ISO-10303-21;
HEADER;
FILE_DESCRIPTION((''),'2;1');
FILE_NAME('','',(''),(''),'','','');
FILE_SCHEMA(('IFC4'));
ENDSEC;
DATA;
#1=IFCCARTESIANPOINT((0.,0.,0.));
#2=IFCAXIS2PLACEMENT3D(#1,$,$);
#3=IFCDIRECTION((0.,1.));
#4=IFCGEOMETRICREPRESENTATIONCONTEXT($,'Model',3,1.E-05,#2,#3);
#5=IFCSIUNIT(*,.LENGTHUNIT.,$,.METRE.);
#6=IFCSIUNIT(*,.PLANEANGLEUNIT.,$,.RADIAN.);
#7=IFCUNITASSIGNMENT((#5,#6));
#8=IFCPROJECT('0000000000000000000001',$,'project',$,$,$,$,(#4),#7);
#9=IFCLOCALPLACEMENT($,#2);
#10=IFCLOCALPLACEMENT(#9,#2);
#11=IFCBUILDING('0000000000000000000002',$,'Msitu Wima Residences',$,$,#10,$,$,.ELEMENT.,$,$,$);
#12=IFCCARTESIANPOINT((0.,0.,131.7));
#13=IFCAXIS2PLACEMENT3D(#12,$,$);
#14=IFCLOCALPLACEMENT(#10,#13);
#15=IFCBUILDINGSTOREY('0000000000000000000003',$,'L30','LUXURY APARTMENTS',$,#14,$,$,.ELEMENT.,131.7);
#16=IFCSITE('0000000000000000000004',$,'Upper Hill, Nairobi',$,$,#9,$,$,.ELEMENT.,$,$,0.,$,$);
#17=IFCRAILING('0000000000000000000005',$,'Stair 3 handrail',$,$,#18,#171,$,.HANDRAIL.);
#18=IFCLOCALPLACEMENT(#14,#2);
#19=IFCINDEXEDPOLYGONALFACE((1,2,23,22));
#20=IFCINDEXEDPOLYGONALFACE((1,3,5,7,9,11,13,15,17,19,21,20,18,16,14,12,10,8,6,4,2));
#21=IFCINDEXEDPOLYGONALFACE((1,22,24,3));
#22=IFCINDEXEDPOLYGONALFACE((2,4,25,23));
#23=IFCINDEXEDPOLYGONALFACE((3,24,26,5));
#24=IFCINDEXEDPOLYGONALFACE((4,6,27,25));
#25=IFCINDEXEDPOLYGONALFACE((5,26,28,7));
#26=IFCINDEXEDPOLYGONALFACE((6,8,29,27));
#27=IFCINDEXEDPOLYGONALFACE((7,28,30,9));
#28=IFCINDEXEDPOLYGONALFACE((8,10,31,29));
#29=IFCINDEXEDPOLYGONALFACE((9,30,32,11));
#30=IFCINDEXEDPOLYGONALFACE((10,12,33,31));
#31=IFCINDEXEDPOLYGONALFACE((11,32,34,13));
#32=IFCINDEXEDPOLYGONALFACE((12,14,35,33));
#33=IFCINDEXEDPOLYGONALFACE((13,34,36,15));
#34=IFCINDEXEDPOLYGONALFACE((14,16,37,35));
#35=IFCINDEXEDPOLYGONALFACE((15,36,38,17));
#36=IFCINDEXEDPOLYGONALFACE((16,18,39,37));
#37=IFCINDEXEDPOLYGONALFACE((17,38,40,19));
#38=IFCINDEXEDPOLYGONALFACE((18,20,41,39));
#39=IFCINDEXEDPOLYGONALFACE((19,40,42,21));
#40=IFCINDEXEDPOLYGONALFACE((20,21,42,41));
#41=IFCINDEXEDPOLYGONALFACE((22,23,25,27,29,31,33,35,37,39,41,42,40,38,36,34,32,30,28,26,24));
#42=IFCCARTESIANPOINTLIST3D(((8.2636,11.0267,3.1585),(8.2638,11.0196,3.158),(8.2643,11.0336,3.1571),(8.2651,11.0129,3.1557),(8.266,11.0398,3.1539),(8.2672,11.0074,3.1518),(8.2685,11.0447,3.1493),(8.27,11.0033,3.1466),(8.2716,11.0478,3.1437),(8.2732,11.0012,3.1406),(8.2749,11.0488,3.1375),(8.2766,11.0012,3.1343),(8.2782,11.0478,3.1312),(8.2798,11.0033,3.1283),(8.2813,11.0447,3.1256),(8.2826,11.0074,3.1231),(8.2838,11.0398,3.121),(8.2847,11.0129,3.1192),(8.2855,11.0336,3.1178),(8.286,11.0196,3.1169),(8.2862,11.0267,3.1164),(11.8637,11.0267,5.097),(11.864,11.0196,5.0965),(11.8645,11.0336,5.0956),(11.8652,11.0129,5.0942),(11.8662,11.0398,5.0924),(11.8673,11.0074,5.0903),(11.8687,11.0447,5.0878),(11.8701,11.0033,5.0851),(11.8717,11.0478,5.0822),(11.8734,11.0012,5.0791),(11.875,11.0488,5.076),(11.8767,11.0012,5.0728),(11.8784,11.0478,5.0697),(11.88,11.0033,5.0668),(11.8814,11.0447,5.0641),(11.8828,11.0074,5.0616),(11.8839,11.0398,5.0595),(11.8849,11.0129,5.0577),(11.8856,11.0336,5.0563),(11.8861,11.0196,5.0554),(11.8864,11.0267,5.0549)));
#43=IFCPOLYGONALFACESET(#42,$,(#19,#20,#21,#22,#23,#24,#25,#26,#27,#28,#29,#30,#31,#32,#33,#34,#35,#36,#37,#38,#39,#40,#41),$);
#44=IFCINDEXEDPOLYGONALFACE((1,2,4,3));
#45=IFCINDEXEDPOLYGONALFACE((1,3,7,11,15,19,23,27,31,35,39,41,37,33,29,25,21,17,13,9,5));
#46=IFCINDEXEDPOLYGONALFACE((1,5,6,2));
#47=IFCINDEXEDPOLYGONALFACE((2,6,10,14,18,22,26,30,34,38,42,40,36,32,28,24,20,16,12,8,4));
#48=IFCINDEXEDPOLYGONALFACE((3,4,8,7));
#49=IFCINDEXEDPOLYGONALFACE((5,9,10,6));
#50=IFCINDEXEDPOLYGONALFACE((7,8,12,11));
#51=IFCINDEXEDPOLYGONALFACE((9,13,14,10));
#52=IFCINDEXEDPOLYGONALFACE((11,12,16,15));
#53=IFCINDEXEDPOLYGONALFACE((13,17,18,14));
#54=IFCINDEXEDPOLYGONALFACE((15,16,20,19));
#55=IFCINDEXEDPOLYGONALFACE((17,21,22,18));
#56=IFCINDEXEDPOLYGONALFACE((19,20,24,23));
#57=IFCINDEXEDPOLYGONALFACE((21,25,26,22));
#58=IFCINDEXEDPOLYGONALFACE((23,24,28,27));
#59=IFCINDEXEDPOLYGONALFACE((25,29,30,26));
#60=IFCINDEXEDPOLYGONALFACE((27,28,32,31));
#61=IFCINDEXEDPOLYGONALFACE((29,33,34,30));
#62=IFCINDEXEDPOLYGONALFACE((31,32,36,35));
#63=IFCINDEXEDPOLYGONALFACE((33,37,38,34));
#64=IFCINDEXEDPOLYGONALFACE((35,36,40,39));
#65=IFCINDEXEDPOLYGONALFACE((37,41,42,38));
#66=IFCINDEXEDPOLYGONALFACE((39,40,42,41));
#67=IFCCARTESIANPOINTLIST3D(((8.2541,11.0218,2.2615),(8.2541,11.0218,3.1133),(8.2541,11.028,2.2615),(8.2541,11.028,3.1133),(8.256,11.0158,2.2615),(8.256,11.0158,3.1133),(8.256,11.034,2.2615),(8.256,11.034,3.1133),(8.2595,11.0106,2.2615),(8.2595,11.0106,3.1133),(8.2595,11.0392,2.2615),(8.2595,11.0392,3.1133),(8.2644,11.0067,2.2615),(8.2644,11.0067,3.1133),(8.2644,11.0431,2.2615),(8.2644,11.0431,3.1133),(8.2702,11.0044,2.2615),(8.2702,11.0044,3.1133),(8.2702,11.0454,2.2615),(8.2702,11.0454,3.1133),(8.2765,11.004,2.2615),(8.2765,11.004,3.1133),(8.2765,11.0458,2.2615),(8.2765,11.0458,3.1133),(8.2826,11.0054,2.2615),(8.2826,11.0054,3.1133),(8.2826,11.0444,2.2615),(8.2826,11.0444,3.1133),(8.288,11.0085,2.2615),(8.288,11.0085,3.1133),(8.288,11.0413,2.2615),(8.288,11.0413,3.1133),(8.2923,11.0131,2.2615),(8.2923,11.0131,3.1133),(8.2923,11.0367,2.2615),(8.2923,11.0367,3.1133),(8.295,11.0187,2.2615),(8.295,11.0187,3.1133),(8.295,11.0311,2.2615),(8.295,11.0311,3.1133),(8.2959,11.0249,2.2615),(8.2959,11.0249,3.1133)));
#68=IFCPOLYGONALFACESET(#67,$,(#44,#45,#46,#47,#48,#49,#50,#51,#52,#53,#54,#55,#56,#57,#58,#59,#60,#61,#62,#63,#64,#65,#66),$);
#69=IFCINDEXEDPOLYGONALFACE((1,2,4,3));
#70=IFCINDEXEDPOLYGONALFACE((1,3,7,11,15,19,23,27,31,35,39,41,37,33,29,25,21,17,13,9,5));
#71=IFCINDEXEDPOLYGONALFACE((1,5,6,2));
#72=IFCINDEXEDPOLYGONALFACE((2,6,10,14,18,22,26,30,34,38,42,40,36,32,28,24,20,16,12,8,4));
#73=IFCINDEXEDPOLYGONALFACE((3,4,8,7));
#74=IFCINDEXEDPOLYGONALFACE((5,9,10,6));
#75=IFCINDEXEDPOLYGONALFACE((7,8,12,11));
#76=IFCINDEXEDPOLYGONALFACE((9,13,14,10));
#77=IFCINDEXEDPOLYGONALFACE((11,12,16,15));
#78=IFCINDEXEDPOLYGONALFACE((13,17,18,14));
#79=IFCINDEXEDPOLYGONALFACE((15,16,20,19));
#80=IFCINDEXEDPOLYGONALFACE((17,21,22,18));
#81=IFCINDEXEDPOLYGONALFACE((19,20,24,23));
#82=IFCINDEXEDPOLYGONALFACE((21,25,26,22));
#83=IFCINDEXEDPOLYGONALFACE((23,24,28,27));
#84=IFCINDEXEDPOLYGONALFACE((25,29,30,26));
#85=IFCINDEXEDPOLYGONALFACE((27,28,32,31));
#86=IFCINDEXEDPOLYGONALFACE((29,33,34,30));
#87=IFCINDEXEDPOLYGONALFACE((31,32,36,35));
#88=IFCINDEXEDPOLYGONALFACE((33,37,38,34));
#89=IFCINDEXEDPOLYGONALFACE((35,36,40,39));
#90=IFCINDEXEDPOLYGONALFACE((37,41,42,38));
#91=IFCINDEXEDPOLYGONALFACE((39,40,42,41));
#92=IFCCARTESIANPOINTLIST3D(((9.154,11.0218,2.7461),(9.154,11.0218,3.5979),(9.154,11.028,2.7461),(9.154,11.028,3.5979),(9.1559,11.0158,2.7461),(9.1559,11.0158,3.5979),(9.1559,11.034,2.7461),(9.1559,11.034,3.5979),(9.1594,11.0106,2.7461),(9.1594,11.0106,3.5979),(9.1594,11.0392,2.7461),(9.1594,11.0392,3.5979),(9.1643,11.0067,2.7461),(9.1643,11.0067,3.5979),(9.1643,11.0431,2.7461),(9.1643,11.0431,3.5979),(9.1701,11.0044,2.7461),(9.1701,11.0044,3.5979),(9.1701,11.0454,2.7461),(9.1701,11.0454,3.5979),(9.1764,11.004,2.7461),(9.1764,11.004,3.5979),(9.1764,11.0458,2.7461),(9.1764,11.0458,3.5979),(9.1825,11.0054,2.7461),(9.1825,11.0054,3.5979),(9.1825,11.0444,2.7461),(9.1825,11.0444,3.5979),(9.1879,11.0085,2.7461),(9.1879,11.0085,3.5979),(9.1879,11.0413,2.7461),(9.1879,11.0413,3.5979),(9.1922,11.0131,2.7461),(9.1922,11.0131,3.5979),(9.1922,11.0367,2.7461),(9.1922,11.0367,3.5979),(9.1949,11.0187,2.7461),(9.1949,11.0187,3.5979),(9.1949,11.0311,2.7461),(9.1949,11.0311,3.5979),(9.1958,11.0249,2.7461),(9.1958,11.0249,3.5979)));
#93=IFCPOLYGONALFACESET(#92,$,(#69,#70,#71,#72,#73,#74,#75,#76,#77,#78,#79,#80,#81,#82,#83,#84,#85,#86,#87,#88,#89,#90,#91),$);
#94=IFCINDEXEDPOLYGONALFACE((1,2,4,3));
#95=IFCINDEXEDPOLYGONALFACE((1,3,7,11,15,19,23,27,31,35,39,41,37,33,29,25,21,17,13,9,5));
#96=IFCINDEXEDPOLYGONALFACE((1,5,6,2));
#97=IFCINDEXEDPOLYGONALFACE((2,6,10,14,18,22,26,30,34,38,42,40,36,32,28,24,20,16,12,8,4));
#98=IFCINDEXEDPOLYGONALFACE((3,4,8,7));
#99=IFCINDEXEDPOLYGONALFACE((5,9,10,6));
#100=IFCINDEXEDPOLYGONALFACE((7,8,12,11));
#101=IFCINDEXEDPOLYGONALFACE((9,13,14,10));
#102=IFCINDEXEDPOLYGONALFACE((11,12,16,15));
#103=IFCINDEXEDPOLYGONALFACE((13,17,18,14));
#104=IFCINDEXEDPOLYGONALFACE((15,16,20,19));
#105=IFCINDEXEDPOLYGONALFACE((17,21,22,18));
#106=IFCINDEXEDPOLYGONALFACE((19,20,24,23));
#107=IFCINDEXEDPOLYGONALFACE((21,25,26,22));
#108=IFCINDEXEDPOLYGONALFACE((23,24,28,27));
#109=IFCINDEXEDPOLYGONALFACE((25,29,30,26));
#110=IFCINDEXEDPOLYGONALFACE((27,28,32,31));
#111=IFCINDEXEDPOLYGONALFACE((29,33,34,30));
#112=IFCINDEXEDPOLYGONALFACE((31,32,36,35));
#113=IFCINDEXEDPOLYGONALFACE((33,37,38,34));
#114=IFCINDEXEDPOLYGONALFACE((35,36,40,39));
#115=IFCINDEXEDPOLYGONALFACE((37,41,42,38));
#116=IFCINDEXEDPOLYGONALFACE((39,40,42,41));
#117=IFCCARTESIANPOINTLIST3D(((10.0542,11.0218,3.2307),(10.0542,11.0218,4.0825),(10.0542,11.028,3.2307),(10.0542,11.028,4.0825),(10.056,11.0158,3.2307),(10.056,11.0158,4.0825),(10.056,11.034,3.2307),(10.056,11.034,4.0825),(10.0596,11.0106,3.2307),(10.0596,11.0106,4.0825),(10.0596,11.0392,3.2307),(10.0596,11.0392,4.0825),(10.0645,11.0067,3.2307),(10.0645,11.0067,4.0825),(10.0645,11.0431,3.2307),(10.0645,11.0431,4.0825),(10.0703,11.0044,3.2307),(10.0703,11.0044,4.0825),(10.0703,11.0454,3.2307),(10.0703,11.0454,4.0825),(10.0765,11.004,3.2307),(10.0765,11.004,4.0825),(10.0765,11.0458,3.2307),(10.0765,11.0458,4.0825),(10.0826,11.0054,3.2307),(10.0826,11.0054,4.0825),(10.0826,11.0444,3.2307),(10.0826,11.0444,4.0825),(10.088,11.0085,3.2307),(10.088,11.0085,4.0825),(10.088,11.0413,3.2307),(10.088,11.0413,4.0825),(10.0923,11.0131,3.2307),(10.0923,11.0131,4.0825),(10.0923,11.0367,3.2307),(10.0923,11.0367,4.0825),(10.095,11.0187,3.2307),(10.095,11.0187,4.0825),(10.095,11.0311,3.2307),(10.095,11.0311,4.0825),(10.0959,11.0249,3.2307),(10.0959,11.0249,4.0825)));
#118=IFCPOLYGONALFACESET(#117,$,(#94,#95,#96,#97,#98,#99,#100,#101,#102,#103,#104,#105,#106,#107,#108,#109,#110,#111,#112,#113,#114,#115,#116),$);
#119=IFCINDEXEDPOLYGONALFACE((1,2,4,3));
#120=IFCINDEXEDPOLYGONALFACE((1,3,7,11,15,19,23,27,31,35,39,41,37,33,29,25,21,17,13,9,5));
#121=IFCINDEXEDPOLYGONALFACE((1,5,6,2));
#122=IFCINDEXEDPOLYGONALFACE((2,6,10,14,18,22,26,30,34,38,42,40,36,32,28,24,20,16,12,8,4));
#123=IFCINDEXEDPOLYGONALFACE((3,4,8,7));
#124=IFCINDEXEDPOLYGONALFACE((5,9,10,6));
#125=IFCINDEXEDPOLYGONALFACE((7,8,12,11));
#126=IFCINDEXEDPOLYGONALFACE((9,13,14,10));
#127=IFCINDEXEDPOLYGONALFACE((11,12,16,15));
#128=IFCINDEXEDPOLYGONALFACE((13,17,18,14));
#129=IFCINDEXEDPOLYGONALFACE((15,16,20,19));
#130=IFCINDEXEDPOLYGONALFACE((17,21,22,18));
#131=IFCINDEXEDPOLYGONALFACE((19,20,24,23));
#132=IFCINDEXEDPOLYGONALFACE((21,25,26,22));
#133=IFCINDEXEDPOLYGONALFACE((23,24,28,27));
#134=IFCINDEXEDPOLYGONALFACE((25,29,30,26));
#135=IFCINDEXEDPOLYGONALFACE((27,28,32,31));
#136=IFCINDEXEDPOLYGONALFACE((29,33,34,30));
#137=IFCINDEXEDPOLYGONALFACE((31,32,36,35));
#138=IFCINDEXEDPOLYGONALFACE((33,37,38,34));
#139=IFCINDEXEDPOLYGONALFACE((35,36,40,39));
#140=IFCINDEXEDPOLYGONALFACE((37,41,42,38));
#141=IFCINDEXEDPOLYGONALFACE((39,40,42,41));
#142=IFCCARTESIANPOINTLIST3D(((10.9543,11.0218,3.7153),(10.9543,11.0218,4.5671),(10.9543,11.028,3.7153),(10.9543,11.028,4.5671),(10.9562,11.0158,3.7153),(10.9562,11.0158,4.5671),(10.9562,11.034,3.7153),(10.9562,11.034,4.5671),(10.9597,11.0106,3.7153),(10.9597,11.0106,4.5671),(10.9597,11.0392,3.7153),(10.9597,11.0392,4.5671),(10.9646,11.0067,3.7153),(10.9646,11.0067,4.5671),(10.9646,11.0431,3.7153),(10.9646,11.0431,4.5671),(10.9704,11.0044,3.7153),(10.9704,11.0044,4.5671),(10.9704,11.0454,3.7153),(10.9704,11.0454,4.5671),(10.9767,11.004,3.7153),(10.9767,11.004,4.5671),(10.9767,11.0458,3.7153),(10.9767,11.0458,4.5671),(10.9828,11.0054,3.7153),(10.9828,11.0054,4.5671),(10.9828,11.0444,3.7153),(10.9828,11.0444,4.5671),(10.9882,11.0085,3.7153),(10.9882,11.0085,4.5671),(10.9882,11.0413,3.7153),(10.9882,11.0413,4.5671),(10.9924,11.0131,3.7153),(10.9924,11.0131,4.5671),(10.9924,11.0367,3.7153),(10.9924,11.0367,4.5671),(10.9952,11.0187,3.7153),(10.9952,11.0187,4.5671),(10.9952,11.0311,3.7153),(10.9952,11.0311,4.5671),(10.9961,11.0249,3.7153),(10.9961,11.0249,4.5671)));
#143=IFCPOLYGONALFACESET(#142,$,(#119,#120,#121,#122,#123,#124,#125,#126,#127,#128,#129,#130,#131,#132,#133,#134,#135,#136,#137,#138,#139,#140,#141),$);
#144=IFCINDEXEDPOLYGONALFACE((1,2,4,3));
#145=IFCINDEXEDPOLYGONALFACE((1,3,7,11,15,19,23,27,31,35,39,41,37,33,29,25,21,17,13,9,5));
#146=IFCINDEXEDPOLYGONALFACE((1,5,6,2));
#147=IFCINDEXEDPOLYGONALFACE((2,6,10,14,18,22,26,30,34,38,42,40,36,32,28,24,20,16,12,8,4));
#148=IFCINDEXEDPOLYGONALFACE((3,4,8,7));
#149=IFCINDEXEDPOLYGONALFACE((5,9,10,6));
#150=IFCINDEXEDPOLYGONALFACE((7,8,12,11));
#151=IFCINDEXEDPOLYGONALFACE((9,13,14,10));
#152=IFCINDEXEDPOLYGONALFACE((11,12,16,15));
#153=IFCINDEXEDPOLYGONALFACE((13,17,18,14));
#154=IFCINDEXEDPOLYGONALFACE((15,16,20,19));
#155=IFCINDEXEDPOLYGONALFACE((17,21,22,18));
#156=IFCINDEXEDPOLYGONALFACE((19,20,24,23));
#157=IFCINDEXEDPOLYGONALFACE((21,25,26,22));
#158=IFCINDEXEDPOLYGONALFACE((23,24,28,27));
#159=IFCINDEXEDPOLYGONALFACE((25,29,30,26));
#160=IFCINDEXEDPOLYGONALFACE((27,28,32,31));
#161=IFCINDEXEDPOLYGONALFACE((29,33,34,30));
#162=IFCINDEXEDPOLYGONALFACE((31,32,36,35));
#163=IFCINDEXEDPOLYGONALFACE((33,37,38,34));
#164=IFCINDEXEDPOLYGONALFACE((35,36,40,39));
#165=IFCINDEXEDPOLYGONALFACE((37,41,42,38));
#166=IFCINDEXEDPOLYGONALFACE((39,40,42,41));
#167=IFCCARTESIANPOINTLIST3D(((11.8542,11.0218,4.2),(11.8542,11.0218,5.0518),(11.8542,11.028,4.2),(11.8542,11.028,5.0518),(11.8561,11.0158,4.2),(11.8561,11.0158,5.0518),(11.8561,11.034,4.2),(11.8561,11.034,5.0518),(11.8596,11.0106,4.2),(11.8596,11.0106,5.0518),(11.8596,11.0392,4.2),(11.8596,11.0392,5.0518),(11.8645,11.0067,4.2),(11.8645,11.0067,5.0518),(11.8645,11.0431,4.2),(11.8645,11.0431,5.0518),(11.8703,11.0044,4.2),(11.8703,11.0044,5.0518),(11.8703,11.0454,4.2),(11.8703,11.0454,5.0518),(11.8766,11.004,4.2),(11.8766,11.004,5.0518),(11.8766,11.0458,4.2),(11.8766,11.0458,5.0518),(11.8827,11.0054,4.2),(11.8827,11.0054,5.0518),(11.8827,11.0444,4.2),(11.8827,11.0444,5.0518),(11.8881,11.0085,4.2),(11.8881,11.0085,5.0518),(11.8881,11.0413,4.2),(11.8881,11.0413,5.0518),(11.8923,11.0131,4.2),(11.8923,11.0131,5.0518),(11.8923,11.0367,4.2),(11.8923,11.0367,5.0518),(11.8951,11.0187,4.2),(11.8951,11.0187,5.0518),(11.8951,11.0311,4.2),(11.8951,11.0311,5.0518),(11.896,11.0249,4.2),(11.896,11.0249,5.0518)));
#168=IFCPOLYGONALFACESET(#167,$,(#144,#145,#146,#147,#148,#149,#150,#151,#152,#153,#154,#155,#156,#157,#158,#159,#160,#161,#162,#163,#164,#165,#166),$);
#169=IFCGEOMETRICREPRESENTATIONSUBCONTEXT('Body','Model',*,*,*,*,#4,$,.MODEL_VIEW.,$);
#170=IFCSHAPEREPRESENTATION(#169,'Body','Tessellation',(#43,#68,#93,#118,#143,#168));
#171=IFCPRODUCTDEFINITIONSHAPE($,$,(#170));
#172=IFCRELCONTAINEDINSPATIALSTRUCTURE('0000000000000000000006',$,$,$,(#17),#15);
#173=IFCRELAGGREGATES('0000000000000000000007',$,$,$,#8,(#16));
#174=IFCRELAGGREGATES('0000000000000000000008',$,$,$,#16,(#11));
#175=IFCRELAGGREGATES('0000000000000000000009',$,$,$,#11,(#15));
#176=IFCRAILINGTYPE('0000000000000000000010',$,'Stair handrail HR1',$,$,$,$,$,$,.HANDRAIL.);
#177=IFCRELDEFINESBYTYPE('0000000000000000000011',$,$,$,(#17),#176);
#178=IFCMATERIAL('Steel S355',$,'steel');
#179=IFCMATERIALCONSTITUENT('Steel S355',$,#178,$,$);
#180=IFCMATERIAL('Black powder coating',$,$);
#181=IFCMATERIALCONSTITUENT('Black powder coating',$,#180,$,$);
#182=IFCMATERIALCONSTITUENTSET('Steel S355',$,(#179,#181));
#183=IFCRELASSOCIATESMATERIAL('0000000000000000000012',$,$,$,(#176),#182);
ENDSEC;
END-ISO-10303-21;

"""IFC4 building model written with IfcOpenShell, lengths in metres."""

from ifc_helpers import new_model, si_unit, direction, frame, origin, origin_2d, place, context, subcontext, project, spatial, circle, extrude, material, constituent, constituent_set, type_object, element, save


model = new_model("IFC4")

# Units and contexts
model_context = context("Model", 3, precision=1e-05, world=origin(), true_north=direction((0.0, 1.0)))
body_context = subcontext(model_context, "Body", "Model", "MODEL_VIEW")
ifc_project = project(units=[si_unit("LENGTHUNIT", "METRE"), si_unit("PLANEANGLEUNIT", "RADIAN")], contexts=[model_context])

# Site, building, storey
site_placement = place(None, origin())
site = spatial("IfcSite", under=ifc_project, at=site_placement, Name="Upper Hill, Nairobi", CompositionType="ELEMENT", RefElevation=0.0)
building_placement = place(site_placement, origin())
building = spatial("IfcBuilding", under=site, at=building_placement, Name="Msitu Wima Residences", CompositionType="ELEMENT")
storey_placement = place(building_placement, frame((0.0, 0.0, 131.7)))
storey = spatial("IfcBuildingStorey", under=building, at=storey_placement, Name="L30", Description="LUXURY APARTMENTS", CompositionType="ELEMENT", Elevation=131.7)

# Railing
ifc_material_1 = material(Name="Steel S355", Category="steel")
ifc_constituent_1 = constituent(ifc_material_1, Name="Steel S355")
ifc_material_2 = material(Name="Black powder coating")
ifc_constituent_2 = constituent(ifc_material_2, Name="Black powder coating")
ifc_constituent_set = constituent_set(constituents=[ifc_constituent_1, ifc_constituent_2], Name="Steel S355")
railing_type = type_object("IfcRailingType", Name="Stair handrail HR1", PredefinedType="HANDRAIL", material=ifc_constituent_set)
for number, where, name in (
    (1, (8.2749, 11.0249, 2.2615), "Stair 3 handrail"),
):
    element("IfcRailing", number, at=place(storey_placement, frame(where)), inside=storey, type_object=railing_type, Name=name, PredefinedType="HANDRAIL", context=body_context, shape_type="SweptSolid", body=[
        extrude(circle(Radius=0.0239, at=origin_2d()), frame((0.0, 0.0, 0.876), z_axis=(0.880475, 0.0, 0.474093), x_axis=(0.0, 1.0, 0.0)), (0.0, 0.0, 1.0), 4.0889),
        extrude(circle(Radius=0.021, at=origin_2d()), origin(), (0.0, 0.0, 1.0), 0.8518),
        extrude(circle(Radius=0.021, at=origin_2d()), frame((0.8999, 0.0, 0.4846)), (0.0, 0.0, 1.0), 0.8518),
        extrude(circle(Radius=0.021, at=origin_2d()), frame((1.8, 0.0, 0.9692)), (0.0, 0.0, 1.0), 0.8518),
        extrude(circle(Radius=0.021, at=origin_2d()), frame((2.7002, 0.0, 1.4539)), (0.0, 0.0, 1.0), 0.8518),
        extrude(circle(Radius=0.021, at=origin_2d()), frame((3.6001, 0.0, 1.9385)), (0.0, 0.0, 1.0), 0.8518),
    ])

save(model, "model.ifc")
